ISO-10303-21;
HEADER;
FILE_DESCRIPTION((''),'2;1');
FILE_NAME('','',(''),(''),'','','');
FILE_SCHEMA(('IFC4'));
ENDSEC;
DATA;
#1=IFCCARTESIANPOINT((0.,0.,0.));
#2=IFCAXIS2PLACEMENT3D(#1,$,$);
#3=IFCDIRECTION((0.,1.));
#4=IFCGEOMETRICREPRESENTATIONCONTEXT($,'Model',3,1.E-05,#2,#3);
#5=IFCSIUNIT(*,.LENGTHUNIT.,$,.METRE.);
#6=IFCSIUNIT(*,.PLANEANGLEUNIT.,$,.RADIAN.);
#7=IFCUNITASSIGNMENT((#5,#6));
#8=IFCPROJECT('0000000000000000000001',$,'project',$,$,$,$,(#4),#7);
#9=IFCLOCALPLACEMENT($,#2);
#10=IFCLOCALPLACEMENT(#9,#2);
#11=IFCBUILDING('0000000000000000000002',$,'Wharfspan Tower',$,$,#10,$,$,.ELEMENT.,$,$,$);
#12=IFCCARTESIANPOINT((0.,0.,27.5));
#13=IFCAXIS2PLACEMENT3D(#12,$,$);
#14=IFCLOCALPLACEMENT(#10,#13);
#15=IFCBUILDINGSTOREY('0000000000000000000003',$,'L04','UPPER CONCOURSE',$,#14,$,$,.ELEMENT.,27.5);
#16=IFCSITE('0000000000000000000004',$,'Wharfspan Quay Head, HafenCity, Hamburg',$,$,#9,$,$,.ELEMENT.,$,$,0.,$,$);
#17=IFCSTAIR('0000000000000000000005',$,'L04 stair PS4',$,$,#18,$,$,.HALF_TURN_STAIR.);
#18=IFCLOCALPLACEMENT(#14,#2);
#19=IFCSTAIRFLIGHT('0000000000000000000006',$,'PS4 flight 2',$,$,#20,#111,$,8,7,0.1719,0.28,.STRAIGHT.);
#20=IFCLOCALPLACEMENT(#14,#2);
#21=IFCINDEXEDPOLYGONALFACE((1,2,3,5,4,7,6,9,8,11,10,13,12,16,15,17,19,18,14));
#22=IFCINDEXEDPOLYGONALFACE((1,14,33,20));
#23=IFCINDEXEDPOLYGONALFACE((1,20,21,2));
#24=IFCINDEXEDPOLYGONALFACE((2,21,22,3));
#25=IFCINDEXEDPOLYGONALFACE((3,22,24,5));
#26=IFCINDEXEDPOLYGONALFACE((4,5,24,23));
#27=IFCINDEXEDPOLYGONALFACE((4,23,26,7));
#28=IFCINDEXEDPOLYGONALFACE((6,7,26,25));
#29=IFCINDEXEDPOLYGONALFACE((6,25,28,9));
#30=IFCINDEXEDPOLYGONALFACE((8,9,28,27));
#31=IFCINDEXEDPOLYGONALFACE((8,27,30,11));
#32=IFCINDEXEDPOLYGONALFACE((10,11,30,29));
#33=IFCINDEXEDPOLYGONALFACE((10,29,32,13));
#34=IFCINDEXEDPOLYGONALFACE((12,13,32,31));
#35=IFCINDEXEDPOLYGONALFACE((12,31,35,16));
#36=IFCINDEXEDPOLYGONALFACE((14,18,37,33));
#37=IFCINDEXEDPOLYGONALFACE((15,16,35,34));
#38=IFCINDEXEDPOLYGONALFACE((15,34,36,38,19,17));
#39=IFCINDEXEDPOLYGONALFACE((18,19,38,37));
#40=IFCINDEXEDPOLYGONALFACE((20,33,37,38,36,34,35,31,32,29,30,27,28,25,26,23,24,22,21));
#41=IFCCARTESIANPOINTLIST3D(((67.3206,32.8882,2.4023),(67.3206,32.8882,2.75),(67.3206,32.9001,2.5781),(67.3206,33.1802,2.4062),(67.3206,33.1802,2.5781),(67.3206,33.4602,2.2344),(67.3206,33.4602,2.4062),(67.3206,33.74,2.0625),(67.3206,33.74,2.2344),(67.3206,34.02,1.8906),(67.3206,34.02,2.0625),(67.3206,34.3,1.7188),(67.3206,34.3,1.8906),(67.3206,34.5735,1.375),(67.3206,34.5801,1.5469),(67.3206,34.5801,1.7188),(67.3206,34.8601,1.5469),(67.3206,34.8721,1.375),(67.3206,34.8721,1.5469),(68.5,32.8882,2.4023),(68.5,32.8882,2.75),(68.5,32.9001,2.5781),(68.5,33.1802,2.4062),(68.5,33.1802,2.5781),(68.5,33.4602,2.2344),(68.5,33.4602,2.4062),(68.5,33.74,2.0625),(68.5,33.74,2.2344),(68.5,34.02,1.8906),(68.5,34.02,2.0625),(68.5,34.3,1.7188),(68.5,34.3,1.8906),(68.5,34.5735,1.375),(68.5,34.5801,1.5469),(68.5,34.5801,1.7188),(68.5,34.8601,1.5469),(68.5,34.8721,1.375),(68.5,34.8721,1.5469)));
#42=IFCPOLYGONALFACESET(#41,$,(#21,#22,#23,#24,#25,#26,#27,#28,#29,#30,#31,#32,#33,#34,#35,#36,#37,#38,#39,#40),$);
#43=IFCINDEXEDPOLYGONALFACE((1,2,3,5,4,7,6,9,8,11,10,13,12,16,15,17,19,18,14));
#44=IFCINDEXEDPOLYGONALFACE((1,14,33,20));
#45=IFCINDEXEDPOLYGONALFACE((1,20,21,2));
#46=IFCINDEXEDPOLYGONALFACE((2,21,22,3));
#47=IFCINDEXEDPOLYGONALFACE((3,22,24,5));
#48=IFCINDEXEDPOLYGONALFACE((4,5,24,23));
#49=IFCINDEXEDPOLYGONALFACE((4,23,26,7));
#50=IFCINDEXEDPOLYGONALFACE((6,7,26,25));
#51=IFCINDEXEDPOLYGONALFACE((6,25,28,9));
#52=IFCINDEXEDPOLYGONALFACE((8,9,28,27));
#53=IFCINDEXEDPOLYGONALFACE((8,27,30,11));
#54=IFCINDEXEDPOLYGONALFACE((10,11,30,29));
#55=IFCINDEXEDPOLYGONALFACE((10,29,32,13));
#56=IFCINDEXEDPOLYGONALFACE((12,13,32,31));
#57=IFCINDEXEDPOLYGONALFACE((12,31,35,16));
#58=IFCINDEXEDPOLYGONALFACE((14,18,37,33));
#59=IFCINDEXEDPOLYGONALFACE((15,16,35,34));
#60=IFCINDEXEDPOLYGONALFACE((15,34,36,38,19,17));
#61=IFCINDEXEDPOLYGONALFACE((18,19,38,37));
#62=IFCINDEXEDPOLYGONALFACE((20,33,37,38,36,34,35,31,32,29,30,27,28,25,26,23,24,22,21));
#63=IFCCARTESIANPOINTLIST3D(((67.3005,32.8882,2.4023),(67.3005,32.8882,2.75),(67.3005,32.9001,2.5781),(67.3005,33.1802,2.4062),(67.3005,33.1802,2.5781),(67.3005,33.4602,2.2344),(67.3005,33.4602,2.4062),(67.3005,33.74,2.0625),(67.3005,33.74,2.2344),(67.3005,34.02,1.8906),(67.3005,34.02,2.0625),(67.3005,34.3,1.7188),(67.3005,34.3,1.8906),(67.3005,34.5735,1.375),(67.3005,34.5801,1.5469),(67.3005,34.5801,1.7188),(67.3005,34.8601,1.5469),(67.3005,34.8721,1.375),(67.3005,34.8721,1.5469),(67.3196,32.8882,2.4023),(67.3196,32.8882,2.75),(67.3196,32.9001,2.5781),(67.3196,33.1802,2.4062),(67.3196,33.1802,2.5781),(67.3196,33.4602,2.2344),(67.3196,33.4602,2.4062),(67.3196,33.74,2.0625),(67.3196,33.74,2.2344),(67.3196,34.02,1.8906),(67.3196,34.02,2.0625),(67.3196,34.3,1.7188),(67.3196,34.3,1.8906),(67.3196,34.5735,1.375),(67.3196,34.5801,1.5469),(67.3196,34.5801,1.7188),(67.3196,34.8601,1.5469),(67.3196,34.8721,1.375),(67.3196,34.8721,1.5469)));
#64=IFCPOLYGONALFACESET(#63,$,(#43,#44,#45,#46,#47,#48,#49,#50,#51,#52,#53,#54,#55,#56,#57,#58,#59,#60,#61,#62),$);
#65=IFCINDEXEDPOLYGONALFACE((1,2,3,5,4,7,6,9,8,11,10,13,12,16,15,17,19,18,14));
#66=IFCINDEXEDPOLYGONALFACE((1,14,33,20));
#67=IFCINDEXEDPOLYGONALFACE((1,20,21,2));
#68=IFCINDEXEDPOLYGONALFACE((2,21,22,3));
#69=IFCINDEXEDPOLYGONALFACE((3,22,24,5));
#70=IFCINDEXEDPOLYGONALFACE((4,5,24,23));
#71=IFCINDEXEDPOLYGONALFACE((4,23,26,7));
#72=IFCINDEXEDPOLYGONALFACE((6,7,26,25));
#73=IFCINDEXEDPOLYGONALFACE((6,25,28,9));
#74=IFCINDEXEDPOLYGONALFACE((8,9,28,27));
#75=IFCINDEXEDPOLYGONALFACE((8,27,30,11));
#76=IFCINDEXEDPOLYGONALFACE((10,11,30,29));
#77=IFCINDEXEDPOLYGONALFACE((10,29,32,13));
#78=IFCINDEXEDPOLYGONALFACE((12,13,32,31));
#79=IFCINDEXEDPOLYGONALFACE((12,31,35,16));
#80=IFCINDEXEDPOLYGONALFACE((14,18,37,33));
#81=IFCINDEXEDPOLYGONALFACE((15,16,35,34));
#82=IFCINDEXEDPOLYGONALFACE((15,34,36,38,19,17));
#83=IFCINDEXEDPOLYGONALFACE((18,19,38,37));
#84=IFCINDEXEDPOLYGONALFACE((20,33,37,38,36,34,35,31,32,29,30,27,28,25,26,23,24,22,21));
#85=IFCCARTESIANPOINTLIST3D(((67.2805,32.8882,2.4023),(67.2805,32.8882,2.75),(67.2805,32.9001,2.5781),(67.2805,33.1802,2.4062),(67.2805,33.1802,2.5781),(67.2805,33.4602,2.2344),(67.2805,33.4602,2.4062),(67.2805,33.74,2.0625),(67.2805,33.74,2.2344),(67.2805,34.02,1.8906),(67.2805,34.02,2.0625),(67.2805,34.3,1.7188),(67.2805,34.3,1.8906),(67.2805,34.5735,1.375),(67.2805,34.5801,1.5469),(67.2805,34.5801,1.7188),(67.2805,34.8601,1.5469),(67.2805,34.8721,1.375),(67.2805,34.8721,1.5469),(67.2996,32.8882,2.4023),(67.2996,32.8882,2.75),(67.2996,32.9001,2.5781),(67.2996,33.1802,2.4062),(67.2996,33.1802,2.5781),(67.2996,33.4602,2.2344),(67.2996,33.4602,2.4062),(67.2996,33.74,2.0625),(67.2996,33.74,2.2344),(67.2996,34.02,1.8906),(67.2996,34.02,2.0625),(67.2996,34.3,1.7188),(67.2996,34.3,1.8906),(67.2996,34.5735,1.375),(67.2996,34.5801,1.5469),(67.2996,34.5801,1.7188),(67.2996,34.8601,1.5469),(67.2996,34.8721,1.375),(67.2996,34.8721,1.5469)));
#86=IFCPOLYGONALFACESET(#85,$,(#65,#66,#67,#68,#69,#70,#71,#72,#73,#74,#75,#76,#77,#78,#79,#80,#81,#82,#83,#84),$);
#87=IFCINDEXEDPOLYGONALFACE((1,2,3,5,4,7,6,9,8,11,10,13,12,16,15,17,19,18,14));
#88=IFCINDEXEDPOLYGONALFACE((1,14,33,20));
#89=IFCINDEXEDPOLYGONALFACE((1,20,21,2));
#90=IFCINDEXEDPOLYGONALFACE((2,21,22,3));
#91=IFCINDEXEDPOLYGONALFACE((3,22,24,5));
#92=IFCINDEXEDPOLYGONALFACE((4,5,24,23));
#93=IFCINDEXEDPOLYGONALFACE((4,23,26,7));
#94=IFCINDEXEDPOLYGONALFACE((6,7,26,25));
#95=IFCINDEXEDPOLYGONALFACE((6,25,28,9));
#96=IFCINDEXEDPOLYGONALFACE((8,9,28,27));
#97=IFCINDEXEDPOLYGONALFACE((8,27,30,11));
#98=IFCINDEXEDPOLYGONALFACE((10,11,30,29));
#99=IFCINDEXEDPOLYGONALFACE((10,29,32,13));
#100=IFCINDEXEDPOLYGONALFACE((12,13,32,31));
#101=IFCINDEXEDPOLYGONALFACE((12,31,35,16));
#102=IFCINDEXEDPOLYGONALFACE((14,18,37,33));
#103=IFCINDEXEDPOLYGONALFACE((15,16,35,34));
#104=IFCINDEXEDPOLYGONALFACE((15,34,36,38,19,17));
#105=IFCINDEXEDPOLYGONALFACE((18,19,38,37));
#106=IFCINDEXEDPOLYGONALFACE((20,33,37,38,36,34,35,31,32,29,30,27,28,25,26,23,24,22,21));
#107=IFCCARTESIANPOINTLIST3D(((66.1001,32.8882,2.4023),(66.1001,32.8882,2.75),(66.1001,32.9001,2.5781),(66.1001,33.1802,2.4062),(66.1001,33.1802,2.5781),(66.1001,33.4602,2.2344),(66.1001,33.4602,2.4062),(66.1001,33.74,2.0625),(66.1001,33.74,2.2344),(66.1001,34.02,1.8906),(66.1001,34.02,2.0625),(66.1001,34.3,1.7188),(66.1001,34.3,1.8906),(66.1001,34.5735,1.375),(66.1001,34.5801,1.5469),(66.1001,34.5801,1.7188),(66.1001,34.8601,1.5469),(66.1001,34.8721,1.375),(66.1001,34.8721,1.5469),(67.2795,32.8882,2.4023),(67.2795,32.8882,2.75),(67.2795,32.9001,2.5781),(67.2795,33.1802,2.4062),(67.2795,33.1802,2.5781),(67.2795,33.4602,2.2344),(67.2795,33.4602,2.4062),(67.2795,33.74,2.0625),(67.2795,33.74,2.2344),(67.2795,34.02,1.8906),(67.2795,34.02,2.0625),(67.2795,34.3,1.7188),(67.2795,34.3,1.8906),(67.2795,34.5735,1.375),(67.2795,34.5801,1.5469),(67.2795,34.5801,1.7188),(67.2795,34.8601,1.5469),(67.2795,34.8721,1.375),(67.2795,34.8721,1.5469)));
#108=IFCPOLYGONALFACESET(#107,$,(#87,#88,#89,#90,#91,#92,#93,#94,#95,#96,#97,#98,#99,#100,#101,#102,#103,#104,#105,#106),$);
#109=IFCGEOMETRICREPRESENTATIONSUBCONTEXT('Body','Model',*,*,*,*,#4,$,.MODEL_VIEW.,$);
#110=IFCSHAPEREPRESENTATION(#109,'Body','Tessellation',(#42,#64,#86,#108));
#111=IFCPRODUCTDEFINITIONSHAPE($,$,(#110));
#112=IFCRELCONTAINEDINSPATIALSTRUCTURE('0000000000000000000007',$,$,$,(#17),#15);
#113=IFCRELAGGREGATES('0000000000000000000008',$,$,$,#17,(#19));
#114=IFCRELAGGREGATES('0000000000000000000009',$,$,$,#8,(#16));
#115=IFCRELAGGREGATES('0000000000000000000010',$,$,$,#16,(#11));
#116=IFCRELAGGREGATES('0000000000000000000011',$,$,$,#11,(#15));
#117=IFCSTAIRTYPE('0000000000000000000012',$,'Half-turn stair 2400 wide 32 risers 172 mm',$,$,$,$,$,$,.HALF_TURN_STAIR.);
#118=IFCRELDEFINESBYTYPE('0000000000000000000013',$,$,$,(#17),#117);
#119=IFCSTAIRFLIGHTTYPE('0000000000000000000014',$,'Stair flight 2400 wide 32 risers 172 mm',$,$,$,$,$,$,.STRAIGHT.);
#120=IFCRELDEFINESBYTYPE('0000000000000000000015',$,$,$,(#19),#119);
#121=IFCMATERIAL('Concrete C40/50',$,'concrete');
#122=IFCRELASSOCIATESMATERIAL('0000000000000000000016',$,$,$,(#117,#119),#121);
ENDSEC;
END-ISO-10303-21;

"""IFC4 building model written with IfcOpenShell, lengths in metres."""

from ifc_helpers import new_model, si_unit, direction, frame, origin, place, context, subcontext, project, spatial, polyline, outline, extrude, material, type_object, element, aggregate, save


model = new_model("IFC4")

# Units and contexts
model_context = context("Model", 3, precision=1e-05, world=origin(), true_north=direction((0.0, 1.0)))
body_context = subcontext(model_context, "Body", "Model", "MODEL_VIEW")
ifc_project = project(units=[si_unit("LENGTHUNIT", "METRE"), si_unit("PLANEANGLEUNIT", "RADIAN")], contexts=[model_context])

# Site, building, storey
site_placement = place(None, origin())
site = spatial("IfcSite", under=ifc_project, at=site_placement, Name="Wharfspan Quay Head, HafenCity, Hamburg", CompositionType="ELEMENT", RefElevation=0.0)
building_placement = place(site_placement, origin())
building = spatial("IfcBuilding", under=site, at=building_placement, Name="Wharfspan Tower", CompositionType="ELEMENT")
storey_placement = place(building_placement, frame((0.0, 0.0, 27.5)))
storey = spatial("IfcBuildingStorey", under=building, at=storey_placement, Name="L04", Description="UPPER CONCOURSE", CompositionType="ELEMENT", Elevation=27.5)

# Shared definitions
ifc_material_1 = material(Name="Concrete C40/50", Category="concrete")

# Stair, stair flight
stair_type = type_object("IfcStairType", Name="Half-turn stair 2400 wide 32 risers 172 mm", PredefinedType="HALF_TURN_STAIR", material=ifc_material_1)
stair_1_placement = place(storey_placement, origin())
stair_1 = element("IfcStair", 1, at=stair_1_placement, inside=storey, type_object=stair_type, Name="L04 stair PS4", PredefinedType="HALF_TURN_STAIR")
stair_flight_type = type_object("IfcStairFlightType", Name="Stair flight 2400 wide 32 risers 172 mm", PredefinedType="STRAIGHT", material=ifc_material_1)
stair_flight_1_placement = place(storey_placement, frame((67.3, 34.8601, 1.375), z_axis=(0.0, 0.0, 1.0), x_axis=(0.0, -1.0, 0.0)))
stair_flight_1 = element("IfcStairFlight", 2, at=stair_flight_1_placement, type_object=stair_flight_type, Name="PS4 flight 2", NumberOfRisers=8, NumberOfTreads=7, PredefinedType="STRAIGHT", RiserHeight=0.1719, TreadLength=0.28, context=body_context, shape_type="SweptSolid", body=[
    extrude(outline(polyline([(-0.012, 0.0), (-0.012, 0.1719), (0.0, 0.1719), (0.28, 0.1719), (0.28, 0.3438), (0.5601, 0.3438), (0.5601, 0.5156), (0.8401, 0.5156), (0.8401, 0.6875), (1.1201, 0.6875), (1.1201, 0.8594), (1.3999, 0.8594), (1.3999, 1.0312), (1.6799, 1.0312), (1.6799, 1.2031), (1.96, 1.2031), (1.9719, 1.375), (1.9719, 1.0273), (0.2866, 0.0), (-0.012, 0.0)])), frame((0.0, 1.2, 0.0), z_axis=(0.0, -1.0, 0.0), x_axis=(1.0, 0.0, 0.0)), (0.0, 0.0, 1.0), 1.1794),
    extrude(outline(polyline([(-0.012, 0.0), (-0.012, 0.1719), (0.0, 0.1719), (0.28, 0.1719), (0.28, 0.3438), (0.5601, 0.3438), (0.5601, 0.5156), (0.8401, 0.5156), (0.8401, 0.6875), (1.1201, 0.6875), (1.1201, 0.8594), (1.3999, 0.8594), (1.3999, 1.0312), (1.6799, 1.0312), (1.6799, 1.2031), (1.96, 1.2031), (1.9719, 1.375), (1.9719, 1.0273), (0.2866, 0.0), (-0.012, 0.0)])), frame((0.0, 0.0195, 0.0), z_axis=(0.0, -1.0, 0.0), x_axis=(1.0, 0.0, 0.0)), (0.0, 0.0, 1.0), 0.019),
    extrude(outline(polyline([(-0.012, 0.0), (-0.012, 0.1719), (0.0, 0.1719), (0.28, 0.1719), (0.28, 0.3438), (0.5601, 0.3438), (0.5601, 0.5156), (0.8401, 0.5156), (0.8401, 0.6875), (1.1201, 0.6875), (1.1201, 0.8594), (1.3999, 0.8594), (1.3999, 1.0312), (1.6799, 1.0312), (1.6799, 1.2031), (1.96, 1.2031), (1.9719, 1.375), (1.9719, 1.0273), (0.2866, 0.0), (-0.012, 0.0)])), frame((0.0, -0.0005, 0.0), z_axis=(0.0, -1.0, 0.0), x_axis=(1.0, 0.0, 0.0)), (0.0, 0.0, 1.0), 0.019),
    extrude(outline(polyline([(-0.012, 0.0), (-0.012, 0.1719), (0.0, 0.1719), (0.28, 0.1719), (0.28, 0.3438), (0.5601, 0.3438), (0.5601, 0.5156), (0.8401, 0.5156), (0.8401, 0.6875), (1.1201, 0.6875), (1.1201, 0.8594), (1.3999, 0.8594), (1.3999, 1.0312), (1.6799, 1.0312), (1.6799, 1.2031), (1.96, 1.2031), (1.9719, 1.375), (1.9719, 1.0273), (0.2866, 0.0), (-0.012, 0.0)])), frame((0.0, -0.0205, 0.0), z_axis=(0.0, -1.0, 0.0), x_axis=(1.0, 0.0, 0.0)), (0.0, 0.0, 1.0), 1.1794),
])
aggregate(stair_1, [stair_flight_1])

save(model, "model.ifc")
